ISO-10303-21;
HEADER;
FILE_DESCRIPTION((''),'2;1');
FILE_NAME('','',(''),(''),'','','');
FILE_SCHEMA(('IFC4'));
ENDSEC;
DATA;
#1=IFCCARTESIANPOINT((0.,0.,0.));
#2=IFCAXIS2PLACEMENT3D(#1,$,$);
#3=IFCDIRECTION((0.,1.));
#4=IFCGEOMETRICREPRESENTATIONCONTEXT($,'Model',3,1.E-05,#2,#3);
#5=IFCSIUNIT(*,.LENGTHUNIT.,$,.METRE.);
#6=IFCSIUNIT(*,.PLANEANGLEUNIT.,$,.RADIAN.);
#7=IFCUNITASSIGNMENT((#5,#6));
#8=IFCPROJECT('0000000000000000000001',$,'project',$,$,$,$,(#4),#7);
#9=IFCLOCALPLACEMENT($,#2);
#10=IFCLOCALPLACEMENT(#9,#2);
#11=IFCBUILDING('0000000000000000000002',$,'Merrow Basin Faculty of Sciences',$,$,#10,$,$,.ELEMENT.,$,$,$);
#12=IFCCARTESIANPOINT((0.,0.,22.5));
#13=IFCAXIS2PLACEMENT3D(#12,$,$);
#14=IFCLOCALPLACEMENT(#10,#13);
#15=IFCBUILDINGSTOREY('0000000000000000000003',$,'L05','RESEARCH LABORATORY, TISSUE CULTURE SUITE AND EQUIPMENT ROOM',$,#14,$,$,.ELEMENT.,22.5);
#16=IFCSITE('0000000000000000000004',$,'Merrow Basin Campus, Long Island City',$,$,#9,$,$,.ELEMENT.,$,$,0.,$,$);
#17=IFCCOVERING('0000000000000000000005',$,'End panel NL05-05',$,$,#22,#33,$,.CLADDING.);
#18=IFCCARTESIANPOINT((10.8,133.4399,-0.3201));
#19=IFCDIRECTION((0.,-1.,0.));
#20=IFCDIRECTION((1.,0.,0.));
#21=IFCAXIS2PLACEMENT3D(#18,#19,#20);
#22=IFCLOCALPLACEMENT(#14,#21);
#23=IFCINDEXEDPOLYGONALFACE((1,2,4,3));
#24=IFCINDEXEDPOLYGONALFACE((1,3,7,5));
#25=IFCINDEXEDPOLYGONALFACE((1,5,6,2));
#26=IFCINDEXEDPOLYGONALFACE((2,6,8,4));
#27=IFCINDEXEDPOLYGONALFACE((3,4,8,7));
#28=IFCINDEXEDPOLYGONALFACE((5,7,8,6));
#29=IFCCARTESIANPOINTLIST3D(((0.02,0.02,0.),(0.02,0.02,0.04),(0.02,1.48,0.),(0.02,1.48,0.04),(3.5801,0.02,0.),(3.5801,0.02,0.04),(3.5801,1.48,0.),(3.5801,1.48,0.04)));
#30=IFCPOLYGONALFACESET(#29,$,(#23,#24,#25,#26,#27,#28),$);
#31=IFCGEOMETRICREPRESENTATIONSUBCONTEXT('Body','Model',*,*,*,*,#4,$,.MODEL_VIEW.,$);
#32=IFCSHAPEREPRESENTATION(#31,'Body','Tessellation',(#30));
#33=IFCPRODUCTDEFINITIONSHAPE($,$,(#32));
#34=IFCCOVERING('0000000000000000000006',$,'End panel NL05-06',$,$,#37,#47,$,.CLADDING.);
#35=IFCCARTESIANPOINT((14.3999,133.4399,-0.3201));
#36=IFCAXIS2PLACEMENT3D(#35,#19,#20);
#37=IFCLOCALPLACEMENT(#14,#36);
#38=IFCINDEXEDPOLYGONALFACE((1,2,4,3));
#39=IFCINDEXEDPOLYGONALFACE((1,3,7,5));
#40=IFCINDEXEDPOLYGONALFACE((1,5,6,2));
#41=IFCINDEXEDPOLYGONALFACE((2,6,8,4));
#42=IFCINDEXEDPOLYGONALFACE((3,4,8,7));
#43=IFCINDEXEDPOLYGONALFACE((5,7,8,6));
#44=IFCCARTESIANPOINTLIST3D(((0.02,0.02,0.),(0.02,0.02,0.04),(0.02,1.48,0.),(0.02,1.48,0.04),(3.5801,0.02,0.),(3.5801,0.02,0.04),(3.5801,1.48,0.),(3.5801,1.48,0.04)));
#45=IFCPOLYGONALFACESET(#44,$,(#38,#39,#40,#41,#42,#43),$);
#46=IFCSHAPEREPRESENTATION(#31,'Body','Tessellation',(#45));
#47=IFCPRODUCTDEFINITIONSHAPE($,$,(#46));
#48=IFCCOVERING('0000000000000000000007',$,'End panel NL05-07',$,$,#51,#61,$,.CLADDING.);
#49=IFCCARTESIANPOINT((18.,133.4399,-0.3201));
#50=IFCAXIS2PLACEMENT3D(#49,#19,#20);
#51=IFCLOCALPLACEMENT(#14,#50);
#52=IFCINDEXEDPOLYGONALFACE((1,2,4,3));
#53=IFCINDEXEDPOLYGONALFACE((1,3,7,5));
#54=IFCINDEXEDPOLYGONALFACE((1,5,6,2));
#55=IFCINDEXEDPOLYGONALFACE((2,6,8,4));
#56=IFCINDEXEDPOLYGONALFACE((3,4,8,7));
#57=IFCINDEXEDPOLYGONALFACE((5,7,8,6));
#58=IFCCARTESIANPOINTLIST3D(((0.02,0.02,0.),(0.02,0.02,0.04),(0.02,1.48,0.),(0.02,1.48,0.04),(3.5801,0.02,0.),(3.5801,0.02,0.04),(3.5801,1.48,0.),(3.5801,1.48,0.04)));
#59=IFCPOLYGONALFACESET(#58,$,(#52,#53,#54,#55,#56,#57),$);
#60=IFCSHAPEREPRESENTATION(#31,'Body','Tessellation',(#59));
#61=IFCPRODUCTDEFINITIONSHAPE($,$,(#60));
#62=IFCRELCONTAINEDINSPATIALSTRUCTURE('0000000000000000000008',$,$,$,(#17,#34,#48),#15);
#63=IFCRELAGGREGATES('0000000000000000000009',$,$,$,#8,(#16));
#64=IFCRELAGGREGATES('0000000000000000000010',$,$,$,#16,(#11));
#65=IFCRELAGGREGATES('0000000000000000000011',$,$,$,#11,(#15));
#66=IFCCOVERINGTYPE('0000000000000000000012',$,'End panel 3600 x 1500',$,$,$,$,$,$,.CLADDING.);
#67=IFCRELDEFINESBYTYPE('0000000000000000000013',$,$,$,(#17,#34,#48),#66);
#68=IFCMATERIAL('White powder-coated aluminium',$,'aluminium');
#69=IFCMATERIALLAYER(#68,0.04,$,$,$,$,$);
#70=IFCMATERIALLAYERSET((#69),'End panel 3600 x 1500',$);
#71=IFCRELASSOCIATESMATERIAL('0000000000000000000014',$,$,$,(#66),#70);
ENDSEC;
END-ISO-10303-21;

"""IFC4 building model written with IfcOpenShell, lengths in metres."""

from ifc_helpers import new_model, si_unit, direction, frame, origin, place, context, subcontext, project, spatial, polyline, outline, extrude, source, transform, mapped, material, layer, layer_set, type_object, element, save


model = new_model("IFC4")

# Units and contexts
model_context = context("Model", 3, precision=1e-05, world=origin(), true_north=direction((0.0, 1.0)))
body_context = subcontext(model_context, "Body", "Model", "MODEL_VIEW")
ifc_project = project(units=[si_unit("LENGTHUNIT", "METRE"), si_unit("PLANEANGLEUNIT", "RADIAN")], contexts=[model_context])

# Site, building, storey
site_placement = place(None, origin())
site = spatial("IfcSite", under=ifc_project, at=site_placement, Name="Merrow Basin Campus, Long Island City", CompositionType="ELEMENT", RefElevation=0.0)
building_placement = place(site_placement, origin())
building = spatial("IfcBuilding", under=site, at=building_placement, Name="Merrow Basin Faculty of Sciences", CompositionType="ELEMENT")
storey_placement = place(building_placement, frame((0.0, 0.0, 22.5)))
storey = spatial("IfcBuildingStorey", under=building, at=storey_placement, Name="L05", Description="RESEARCH LABORATORY, TISSUE CULTURE SUITE AND EQUIPMENT ROOM", CompositionType="ELEMENT", Elevation=22.5)

# Coverings
ifc_material_1 = material(Name="White powder-coated aluminium", Category="aluminium")
ifc_layer_1 = layer(ifc_material_1, 0.04)
ifc_layer_set_1 = layer_set([ifc_layer_1], Name="End panel 3600 x 1500")
covering_type = type_object("IfcCoveringType", Name="End panel 3600 x 1500", PredefinedType="CLADDING", material=ifc_layer_set_1)
shared_shape_1 = source(origin(), body_context, "Body", "SweptSolid", [
    extrude(outline(polyline([(0.02, 0.02), (3.5801, 0.02), (3.5801, 1.48), (0.02, 1.48), (0.02, 0.02)])), origin(), (0.0, 0.0, 1.0), 0.04),
])
covering_1_placement = place(storey_placement, frame((10.8, 133.4399, -0.3201), z_axis=(0.0, -1.0, 0.0), x_axis=(1.0, 0.0, 0.0)))
element("IfcCovering", 1, at=covering_1_placement, inside=storey, type_object=covering_type, Name="End panel NL05-05", PredefinedType="CLADDING", context=body_context, shape_type="MappedRepresentation", body=[
    mapped(shared_shape_1, transform((0.0, 0.0, 0.0), scale=1.0)),
])
shared_shape_2 = source(origin(), body_context, "Body", "SweptSolid", [
    extrude(outline(polyline([(0.02, 0.02), (3.5801, 0.02), (3.5801, 1.48), (0.02, 1.48), (0.02, 0.02)])), origin(), (0.0, 0.0, 1.0), 0.04),
])
covering_2_placement = place(storey_placement, frame((14.3999, 133.4399, -0.3201), z_axis=(0.0, -1.0, 0.0), x_axis=(1.0, 0.0, 0.0)))
element("IfcCovering", 2, at=covering_2_placement, inside=storey, type_object=covering_type, Name="End panel NL05-06", PredefinedType="CLADDING", context=body_context, shape_type="MappedRepresentation", body=[
    mapped(shared_shape_2, transform((0.0, 0.0, 0.0), scale=1.0)),
])
shared_shape_3 = source(origin(), body_context, "Body", "SweptSolid", [
    extrude(outline(polyline([(0.02, 0.02), (3.5801, 0.02), (3.5801, 1.48), (0.02, 1.48), (0.02, 0.02)])), origin(), (0.0, 0.0, 1.0), 0.04),
])
covering_3_placement = place(storey_placement, frame((18.0, 133.4399, -0.3201), z_axis=(0.0, -1.0, 0.0), x_axis=(1.0, 0.0, 0.0)))
element("IfcCovering", 3, at=covering_3_placement, inside=storey, type_object=covering_type, Name="End panel NL05-07", PredefinedType="CLADDING", context=body_context, shape_type="MappedRepresentation", body=[
    mapped(shared_shape_3, transform((0.0, 0.0, 0.0), scale=1.0)),
])

save(model, "model.ifc")
